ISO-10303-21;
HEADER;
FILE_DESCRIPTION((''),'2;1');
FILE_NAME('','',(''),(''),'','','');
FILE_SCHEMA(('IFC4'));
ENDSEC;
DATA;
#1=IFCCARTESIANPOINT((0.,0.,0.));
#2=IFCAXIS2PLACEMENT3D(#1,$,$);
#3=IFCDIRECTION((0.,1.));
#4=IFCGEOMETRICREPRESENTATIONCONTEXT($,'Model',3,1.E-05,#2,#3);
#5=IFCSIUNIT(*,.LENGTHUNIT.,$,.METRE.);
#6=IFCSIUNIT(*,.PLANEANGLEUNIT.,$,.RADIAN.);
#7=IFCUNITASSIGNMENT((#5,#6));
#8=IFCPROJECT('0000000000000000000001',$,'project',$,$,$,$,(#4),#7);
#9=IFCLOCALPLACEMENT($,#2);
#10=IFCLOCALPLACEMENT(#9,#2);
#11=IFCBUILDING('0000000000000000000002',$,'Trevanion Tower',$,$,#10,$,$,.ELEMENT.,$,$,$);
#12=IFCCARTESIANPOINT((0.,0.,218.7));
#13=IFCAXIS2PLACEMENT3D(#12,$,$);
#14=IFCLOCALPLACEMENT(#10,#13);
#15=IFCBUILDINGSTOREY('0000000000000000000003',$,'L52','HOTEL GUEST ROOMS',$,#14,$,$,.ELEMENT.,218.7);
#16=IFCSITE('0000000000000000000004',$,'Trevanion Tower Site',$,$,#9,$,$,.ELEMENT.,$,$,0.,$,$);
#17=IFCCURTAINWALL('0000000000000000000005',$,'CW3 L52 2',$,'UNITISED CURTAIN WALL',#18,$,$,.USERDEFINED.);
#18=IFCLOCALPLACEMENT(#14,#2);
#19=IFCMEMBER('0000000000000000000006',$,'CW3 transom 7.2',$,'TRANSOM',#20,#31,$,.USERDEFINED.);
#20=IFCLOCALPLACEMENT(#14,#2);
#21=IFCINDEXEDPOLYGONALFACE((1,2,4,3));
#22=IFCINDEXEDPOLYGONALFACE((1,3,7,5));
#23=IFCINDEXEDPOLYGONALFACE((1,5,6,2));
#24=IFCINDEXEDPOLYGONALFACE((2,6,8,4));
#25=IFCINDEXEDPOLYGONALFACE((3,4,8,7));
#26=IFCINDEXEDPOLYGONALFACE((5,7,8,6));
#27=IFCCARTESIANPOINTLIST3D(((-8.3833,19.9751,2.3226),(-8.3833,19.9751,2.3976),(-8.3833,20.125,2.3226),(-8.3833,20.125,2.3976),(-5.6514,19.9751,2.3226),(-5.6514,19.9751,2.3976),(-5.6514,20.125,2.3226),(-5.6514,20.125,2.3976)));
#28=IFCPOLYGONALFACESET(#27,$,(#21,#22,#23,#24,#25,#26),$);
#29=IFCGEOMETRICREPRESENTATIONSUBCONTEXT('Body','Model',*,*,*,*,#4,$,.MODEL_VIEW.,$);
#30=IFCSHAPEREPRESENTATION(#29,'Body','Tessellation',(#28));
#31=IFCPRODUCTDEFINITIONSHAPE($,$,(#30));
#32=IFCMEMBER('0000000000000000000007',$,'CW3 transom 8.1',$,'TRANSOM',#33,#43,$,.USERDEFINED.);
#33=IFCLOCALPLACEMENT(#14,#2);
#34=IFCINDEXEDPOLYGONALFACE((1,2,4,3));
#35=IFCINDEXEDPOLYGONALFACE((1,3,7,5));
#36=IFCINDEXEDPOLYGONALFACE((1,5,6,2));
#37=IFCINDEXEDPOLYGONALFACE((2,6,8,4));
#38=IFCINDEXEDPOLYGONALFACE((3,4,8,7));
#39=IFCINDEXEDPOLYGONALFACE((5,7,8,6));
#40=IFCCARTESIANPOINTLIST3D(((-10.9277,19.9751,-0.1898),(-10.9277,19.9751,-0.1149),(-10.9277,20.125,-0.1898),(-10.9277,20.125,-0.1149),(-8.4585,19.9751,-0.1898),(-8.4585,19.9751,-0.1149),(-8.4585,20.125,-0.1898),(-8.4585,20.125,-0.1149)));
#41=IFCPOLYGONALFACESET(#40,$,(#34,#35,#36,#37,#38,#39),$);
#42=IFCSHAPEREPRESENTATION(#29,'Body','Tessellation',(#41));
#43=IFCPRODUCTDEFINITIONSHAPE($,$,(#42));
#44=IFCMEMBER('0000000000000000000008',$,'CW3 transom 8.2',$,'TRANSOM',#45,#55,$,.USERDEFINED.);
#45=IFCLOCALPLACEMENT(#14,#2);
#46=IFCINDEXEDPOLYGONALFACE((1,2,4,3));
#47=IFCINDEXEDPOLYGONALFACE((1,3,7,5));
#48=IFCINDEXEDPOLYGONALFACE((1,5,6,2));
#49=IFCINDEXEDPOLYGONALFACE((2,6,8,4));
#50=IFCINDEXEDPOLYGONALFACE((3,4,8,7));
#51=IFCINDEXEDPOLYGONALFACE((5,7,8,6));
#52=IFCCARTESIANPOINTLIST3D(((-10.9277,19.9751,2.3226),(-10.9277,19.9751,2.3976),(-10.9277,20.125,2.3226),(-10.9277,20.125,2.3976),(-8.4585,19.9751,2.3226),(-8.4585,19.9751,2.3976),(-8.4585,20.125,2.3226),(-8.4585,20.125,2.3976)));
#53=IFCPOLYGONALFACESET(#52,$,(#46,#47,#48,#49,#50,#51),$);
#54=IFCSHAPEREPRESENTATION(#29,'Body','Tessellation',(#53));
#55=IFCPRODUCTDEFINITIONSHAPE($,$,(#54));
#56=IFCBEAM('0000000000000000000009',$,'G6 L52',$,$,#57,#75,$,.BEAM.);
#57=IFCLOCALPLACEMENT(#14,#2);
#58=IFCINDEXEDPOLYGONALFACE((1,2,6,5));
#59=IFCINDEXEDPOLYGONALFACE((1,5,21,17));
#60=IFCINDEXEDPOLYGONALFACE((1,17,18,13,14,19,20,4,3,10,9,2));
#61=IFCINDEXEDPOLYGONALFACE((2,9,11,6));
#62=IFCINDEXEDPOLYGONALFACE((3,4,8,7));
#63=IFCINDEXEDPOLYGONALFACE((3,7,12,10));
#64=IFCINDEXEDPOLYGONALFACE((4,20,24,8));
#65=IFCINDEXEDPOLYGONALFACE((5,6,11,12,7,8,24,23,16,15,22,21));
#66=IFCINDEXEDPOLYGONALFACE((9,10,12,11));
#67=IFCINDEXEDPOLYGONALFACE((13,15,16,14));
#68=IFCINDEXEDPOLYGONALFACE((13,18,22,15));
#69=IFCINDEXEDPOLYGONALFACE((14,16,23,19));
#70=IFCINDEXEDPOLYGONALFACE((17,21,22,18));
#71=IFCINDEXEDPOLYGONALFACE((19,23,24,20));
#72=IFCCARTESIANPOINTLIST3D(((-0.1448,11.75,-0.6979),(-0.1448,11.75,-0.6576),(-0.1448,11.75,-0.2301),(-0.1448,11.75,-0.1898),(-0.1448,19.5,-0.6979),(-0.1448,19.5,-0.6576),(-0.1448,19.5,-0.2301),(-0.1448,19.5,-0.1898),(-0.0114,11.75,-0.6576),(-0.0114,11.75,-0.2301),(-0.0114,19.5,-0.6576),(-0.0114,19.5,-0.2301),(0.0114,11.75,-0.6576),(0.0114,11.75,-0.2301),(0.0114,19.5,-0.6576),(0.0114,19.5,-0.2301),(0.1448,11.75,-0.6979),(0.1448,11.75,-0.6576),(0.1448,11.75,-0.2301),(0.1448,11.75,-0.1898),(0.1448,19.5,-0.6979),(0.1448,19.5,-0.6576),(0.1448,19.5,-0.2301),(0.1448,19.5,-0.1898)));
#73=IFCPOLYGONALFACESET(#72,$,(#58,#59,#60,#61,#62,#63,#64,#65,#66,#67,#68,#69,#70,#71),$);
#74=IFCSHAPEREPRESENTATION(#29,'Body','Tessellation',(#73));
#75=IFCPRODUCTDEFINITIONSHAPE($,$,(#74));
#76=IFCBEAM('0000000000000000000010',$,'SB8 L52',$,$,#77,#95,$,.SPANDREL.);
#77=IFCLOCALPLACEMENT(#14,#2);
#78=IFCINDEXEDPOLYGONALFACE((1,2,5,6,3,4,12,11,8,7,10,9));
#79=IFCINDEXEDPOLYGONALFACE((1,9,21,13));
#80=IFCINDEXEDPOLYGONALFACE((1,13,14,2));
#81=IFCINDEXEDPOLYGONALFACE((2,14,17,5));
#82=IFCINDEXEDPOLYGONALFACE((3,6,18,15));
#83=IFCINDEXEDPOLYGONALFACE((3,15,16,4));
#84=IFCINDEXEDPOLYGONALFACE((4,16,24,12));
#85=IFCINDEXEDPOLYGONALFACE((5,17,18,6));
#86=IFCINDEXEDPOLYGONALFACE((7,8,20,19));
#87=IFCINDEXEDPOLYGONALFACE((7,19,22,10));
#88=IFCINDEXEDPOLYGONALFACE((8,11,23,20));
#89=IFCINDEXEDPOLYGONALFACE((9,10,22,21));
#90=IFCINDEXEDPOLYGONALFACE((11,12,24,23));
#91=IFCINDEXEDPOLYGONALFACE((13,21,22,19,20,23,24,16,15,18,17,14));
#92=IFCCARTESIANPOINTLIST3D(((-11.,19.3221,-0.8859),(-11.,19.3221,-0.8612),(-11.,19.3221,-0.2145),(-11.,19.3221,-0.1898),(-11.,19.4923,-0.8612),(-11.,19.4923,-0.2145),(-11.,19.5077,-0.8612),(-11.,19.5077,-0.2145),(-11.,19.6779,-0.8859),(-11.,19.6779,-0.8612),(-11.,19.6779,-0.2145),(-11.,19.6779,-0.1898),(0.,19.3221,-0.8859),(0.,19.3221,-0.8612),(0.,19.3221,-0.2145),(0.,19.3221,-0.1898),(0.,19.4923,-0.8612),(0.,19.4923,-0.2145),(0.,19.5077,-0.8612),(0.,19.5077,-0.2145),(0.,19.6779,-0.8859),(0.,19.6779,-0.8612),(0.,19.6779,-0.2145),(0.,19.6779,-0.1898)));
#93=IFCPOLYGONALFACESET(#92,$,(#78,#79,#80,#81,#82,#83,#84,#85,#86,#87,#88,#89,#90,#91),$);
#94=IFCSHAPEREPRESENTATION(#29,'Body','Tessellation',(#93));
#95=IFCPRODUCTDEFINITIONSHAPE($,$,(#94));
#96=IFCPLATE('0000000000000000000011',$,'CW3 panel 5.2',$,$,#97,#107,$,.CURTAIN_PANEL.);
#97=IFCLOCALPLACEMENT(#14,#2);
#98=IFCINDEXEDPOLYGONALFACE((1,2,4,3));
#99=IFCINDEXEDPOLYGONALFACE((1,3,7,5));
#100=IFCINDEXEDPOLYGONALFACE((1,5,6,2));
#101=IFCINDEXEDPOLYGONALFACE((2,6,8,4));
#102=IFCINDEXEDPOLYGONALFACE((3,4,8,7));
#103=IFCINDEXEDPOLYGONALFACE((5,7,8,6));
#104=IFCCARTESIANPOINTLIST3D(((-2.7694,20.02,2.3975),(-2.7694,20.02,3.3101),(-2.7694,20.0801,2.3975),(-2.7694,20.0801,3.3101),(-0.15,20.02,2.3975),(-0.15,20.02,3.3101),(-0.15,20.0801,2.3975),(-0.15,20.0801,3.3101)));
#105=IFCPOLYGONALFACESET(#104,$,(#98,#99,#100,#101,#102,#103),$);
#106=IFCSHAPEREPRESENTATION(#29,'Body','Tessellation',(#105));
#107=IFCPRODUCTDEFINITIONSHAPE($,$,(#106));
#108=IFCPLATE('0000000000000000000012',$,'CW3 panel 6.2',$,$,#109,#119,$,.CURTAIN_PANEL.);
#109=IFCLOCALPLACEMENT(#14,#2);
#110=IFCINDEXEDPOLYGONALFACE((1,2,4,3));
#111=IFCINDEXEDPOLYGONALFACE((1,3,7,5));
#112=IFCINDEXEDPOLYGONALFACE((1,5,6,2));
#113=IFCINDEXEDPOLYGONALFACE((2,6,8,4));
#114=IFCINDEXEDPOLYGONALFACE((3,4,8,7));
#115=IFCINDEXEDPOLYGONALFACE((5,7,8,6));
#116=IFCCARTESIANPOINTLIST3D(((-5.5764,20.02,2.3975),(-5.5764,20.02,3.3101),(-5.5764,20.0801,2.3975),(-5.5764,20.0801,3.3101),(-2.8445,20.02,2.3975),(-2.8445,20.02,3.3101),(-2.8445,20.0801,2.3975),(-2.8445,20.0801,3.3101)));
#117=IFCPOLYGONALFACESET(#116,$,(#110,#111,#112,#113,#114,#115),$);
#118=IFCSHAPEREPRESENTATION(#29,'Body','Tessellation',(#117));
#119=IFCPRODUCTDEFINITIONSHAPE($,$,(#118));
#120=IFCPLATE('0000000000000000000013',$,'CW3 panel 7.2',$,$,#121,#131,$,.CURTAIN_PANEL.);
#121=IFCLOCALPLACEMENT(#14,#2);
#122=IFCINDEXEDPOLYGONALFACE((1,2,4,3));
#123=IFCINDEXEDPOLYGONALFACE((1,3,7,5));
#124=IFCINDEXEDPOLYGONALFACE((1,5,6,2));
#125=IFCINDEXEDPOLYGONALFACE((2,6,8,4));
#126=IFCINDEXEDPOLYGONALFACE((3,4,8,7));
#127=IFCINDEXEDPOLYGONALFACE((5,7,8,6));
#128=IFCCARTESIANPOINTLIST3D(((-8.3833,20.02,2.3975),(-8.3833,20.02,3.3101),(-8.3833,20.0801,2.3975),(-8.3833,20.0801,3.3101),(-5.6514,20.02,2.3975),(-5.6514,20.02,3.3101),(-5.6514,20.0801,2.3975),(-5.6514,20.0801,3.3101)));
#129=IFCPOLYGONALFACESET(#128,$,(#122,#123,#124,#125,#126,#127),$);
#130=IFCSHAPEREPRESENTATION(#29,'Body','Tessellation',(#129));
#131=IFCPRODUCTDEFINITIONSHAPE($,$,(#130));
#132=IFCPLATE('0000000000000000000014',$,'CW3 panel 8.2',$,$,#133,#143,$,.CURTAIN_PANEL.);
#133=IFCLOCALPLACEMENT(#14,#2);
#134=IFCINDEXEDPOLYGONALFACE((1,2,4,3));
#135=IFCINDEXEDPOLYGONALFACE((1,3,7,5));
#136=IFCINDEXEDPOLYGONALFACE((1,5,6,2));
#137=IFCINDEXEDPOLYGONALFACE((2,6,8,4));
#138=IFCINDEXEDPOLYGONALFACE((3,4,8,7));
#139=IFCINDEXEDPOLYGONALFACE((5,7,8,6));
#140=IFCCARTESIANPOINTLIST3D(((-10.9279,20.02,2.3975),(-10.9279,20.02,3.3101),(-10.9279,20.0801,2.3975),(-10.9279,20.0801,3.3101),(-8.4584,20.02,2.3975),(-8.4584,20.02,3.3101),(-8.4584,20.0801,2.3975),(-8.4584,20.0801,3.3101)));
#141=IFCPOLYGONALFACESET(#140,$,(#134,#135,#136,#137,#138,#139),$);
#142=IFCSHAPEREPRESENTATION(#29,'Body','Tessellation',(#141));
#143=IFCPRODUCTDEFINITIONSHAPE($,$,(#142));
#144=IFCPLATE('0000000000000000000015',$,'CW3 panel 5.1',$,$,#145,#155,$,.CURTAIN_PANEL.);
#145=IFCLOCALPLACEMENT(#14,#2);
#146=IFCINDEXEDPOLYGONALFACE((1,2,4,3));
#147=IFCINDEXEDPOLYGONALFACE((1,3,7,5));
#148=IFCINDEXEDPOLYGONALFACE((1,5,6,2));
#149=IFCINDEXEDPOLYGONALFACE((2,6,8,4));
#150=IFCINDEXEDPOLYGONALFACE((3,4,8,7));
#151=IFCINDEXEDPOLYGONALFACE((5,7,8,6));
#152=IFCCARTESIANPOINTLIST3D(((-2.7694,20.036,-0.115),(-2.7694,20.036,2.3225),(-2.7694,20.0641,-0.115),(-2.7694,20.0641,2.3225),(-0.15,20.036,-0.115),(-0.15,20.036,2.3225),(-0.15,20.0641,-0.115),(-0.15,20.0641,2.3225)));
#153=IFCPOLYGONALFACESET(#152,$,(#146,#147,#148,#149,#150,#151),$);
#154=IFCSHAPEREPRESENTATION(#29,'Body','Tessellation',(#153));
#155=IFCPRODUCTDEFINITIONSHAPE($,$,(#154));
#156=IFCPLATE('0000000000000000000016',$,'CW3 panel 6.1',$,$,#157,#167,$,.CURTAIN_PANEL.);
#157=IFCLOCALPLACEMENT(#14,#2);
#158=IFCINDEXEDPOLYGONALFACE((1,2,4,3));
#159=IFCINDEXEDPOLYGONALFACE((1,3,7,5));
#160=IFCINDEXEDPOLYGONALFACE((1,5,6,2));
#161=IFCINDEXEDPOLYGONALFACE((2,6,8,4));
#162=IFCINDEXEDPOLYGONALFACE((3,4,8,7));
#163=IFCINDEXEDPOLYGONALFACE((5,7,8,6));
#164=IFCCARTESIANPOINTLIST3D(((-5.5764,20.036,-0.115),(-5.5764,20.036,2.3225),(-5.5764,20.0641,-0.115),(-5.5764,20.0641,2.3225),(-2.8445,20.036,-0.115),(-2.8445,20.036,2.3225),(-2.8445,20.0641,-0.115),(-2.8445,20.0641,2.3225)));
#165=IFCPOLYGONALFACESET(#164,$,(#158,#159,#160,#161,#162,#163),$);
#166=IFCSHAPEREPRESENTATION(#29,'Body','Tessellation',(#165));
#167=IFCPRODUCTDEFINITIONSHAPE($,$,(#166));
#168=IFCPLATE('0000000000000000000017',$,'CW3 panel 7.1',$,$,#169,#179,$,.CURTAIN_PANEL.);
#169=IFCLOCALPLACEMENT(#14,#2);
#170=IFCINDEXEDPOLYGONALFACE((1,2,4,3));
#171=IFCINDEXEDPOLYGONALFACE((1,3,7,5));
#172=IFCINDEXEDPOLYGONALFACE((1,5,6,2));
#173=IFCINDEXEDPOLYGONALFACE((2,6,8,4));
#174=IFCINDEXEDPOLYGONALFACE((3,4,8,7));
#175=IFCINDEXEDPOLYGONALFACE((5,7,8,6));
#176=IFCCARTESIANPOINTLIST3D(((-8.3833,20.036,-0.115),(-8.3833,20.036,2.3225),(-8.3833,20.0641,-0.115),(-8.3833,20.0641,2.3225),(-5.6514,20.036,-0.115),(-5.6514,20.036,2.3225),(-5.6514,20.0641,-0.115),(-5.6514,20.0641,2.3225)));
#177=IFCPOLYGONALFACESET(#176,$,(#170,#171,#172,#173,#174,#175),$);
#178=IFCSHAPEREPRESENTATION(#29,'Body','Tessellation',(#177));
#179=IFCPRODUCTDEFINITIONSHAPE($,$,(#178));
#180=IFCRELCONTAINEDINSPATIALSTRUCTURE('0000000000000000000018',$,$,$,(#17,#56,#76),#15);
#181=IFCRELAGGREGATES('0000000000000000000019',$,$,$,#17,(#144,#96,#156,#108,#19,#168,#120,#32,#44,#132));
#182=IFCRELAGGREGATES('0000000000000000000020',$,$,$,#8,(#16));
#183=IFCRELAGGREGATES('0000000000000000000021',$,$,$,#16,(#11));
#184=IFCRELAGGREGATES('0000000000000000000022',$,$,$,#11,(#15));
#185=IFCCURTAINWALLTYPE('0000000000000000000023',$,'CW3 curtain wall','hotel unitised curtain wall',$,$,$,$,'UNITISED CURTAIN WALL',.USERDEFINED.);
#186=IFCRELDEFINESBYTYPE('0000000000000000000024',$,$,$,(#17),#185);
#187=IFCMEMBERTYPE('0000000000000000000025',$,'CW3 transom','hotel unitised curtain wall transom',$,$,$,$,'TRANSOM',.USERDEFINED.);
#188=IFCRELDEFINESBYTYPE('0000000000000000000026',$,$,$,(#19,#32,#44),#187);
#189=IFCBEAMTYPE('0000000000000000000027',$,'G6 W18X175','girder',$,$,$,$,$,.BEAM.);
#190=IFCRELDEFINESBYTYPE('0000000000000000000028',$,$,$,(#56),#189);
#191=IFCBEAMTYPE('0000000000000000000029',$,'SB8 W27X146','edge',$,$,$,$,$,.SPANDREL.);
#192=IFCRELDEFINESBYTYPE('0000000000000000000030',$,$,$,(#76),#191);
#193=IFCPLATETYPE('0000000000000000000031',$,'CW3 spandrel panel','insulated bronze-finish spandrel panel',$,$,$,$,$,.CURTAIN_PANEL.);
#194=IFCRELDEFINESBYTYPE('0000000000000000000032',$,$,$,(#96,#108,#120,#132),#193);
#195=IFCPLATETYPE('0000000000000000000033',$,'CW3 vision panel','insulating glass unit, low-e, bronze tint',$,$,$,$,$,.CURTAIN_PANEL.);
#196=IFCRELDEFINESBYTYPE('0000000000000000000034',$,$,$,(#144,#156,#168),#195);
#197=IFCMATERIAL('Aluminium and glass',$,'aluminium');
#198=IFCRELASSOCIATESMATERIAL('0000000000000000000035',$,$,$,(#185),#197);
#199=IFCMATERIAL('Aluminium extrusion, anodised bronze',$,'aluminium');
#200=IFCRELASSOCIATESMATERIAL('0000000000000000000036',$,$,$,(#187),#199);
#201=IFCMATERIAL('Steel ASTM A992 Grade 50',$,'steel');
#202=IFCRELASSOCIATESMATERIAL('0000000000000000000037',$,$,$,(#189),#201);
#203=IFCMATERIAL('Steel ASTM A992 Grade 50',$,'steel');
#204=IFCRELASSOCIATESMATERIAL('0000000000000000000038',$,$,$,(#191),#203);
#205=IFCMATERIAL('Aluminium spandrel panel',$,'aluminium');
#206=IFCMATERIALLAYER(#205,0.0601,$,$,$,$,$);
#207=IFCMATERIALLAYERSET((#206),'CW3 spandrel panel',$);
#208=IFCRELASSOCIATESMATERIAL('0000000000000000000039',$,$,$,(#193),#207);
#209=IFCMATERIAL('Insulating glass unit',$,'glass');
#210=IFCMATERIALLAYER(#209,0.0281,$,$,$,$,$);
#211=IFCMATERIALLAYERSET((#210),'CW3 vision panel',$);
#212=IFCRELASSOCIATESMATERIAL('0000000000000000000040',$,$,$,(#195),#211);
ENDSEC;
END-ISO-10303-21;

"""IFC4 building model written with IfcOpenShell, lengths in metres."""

from ifc_helpers import new_model, si_unit, direction, frame, origin, origin_2d, place, context, subcontext, project, spatial, rectangle, i_section, extrude, material, layer, layer_set, material_profile, profile_set, type_object, element, aggregate, save


model = new_model("IFC4")

# Units and contexts
model_context = context("Model", 3, precision=1e-05, world=origin(), true_north=direction((0.0, 1.0)))
body_context = subcontext(model_context, "Body", "Model", "MODEL_VIEW")
ifc_project = project(units=[si_unit("LENGTHUNIT", "METRE"), si_unit("PLANEANGLEUNIT", "RADIAN")], contexts=[model_context])

# Site, building, storey
site_placement = place(None, origin())
site = spatial("IfcSite", under=ifc_project, at=site_placement, Name="Trevanion Tower Site", CompositionType="ELEMENT", RefElevation=0.0)
building_placement = place(site_placement, origin())
building = spatial("IfcBuilding", under=site, at=building_placement, Name="Trevanion Tower", CompositionType="ELEMENT")
storey_placement = place(building_placement, frame((0.0, 0.0, 218.7)))
storey = spatial("IfcBuildingStorey", under=building, at=storey_placement, Name="L52", Description="HOTEL GUEST ROOMS", CompositionType="ELEMENT", Elevation=218.7)

# Curtain wall, members
ifc_material_1 = material(Name="Aluminium and glass", Category="aluminium")
curtain_wall_type = type_object("IfcCurtainWallType", Name="CW3 curtain wall", Description="hotel unitised curtain wall", ElementType="UNITISED CURTAIN WALL", PredefinedType="USERDEFINED", material=ifc_material_1)
curtain_wall_placement = place(storey_placement, origin())
curtain_wall = element("IfcCurtainWall", 1, at=curtain_wall_placement, inside=storey, type_object=curtain_wall_type, Name="CW3 L52 2", ObjectType="UNITISED CURTAIN WALL", PredefinedType="USERDEFINED")
ifc_material_2 = material(Name="Aluminium extrusion, anodised bronze", Category="aluminium")
ifc_material_profile_1 = material_profile(ifc_material_2, rectangle(XDim=0.1499, YDim=0.075, at=origin_2d()), Name="CW3 transom")
ifc_profile_set_1 = profile_set([ifc_material_profile_1], Name="Aluminium extrusion, anodised bronze")
member_type_1 = type_object("IfcMemberType", Name="CW3 transom", Description="hotel unitised curtain wall transom", ElementType="TRANSOM", PredefinedType="USERDEFINED", material=ifc_profile_set_1)
member_1_placement = place(storey_placement, frame((-5.6514, 20.05, 2.3601), z_axis=(-1.0, 0.0, 0.0), x_axis=(0.0, -1.0, 0.0)))
member_1 = element("IfcMember", 2, at=member_1_placement, type_object=member_type_1, Name="CW3 transom 7.2", ObjectType="TRANSOM", PredefinedType="USERDEFINED", context=body_context, shape_type="SweptSolid", body=[
    extrude(rectangle(XDim=0.1499, YDim=0.075, at=origin_2d()), origin(), (0.0, 0.0, 1.0), 2.7319),
])
member_2_placement = place(storey_placement, frame((-8.4585, 20.05, -0.1523), z_axis=(-1.0, 0.0, 0.0), x_axis=(0.0, -1.0, 0.0)))
member_2 = element("IfcMember", 3, at=member_2_placement, type_object=member_type_1, Name="CW3 transom 8.1", ObjectType="TRANSOM", PredefinedType="USERDEFINED", context=body_context, shape_type="SweptSolid", body=[
    extrude(rectangle(XDim=0.1499, YDim=0.075, at=origin_2d()), origin(), (0.0, 0.0, 1.0), 2.4692),
])
member_3_placement = place(storey_placement, frame((-8.4585, 20.05, 2.3601), z_axis=(-1.0, 0.0, 0.0), x_axis=(0.0, -1.0, 0.0)))
member_3 = element("IfcMember", 4, at=member_3_placement, type_object=member_type_1, Name="CW3 transom 8.2", ObjectType="TRANSOM", PredefinedType="USERDEFINED", context=body_context, shape_type="SweptSolid", body=[
    extrude(rectangle(XDim=0.1499, YDim=0.075, at=origin_2d()), origin(), (0.0, 0.0, 1.0), 2.4692),
])

# Beams
ifc_material_3 = material(Name="Steel ASTM A992 Grade 50", Category="steel")
ifc_material_profile_2 = material_profile(ifc_material_3, i_section(OverallWidth=0.2896, OverallDepth=0.5081, WebThickness=0.0227, FlangeThickness=0.0403, at=origin_2d()), Name="W18X175")
ifc_profile_set_2 = profile_set([ifc_material_profile_2], Name="Steel ASTM A992 Grade 50")
beam_type_1 = type_object("IfcBeamType", Name="G6 W18X175", Description="girder", PredefinedType="BEAM", material=ifc_profile_set_2)
beam_1_placement = place(storey_placement, frame((0.0, 11.75, -0.4438), z_axis=(0.0, 1.0, 0.0), x_axis=(-1.0, 0.0, 0.0)))
element("IfcBeam", 5, at=beam_1_placement, inside=storey, type_object=beam_type_1, Name="G6 L52", PredefinedType="BEAM", context=body_context, shape_type="SweptSolid", body=[
    extrude(i_section(OverallWidth=0.2896, OverallDepth=0.5081, WebThickness=0.0227, FlangeThickness=0.0403, at=origin_2d()), origin(), (0.0, 0.0, 1.0), 7.75),
])
ifc_material_4 = material(Name="Steel ASTM A992 Grade 50", Category="steel")
ifc_material_profile_3 = material_profile(ifc_material_4, i_section(OverallWidth=0.3557, OverallDepth=0.696, WebThickness=0.0154, FlangeThickness=0.0247, at=origin_2d()), Name="W27X146")
ifc_profile_set_3 = profile_set([ifc_material_profile_3], Name="Steel ASTM A992 Grade 50")
beam_type_2 = type_object("IfcBeamType", Name="SB8 W27X146", Description="edge", PredefinedType="SPANDREL", material=ifc_profile_set_3)
beam_2_placement = place(storey_placement, frame((0.0, 19.5, -0.5378), z_axis=(-1.0, 0.0, 0.0), x_axis=(0.0, -1.0, 0.0)))
element("IfcBeam", 6, at=beam_2_placement, inside=storey, type_object=beam_type_2, Name="SB8 L52", PredefinedType="SPANDREL", context=body_context, shape_type="SweptSolid", body=[
    extrude(i_section(OverallWidth=0.3557, OverallDepth=0.696, WebThickness=0.0154, FlangeThickness=0.0247, at=origin_2d()), origin(), (0.0, 0.0, 1.0), 11.0),
])

# Plates
ifc_material_5 = material(Name="Aluminium spandrel panel", Category="aluminium")
ifc_layer_1 = layer(ifc_material_5, 0.0601)
ifc_layer_set_1 = layer_set([ifc_layer_1], Name="CW3 spandrel panel")
plate_type_1 = type_object("IfcPlateType", Name="CW3 spandrel panel", Description="insulated bronze-finish spandrel panel", PredefinedType="CURTAIN_PANEL", material=ifc_layer_set_1)
plate_1_placement = place(storey_placement, frame((-1.4597, 20.05, 2.3975), z_axis=(0.0, 0.0, 1.0), x_axis=(-1.0, 0.0, 0.0)))
plate_1 = element("IfcPlate", 7, at=plate_1_placement, type_object=plate_type_1, Name="CW3 panel 5.2", PredefinedType="CURTAIN_PANEL", context=body_context, shape_type="SweptSolid", body=[
    extrude(rectangle(XDim=2.6194, YDim=0.0601, at=origin_2d()), origin(), (0.0, 0.0, 1.0), 0.9126),
])
plate_2_placement = place(storey_placement, frame((-4.2104, 20.05, 2.3975), z_axis=(0.0, 0.0, 1.0), x_axis=(-1.0, 0.0, 0.0)))
plate_2 = element("IfcPlate", 8, at=plate_2_placement, type_object=plate_type_1, Name="CW3 panel 6.2", PredefinedType="CURTAIN_PANEL", context=body_context, shape_type="SweptSolid", body=[
    extrude(rectangle(XDim=2.7319, YDim=0.0601, at=origin_2d()), origin(), (0.0, 0.0, 1.0), 0.9126),
])
plate_3_placement = place(storey_placement, frame((-7.0173, 20.05, 2.3975), z_axis=(0.0, 0.0, 1.0), x_axis=(-1.0, 0.0, 0.0)))
plate_3 = element("IfcPlate", 9, at=plate_3_placement, type_object=plate_type_1, Name="CW3 panel 7.2", PredefinedType="CURTAIN_PANEL", context=body_context, shape_type="SweptSolid", body=[
    extrude(rectangle(XDim=2.7319, YDim=0.0601, at=origin_2d()), origin(), (0.0, 0.0, 1.0), 0.9126),
])
plate_4_placement = place(storey_placement, frame((-9.6931, 20.05, 2.3975), z_axis=(0.0, 0.0, 1.0), x_axis=(-1.0, 0.0, 0.0)))
plate_4 = element("IfcPlate", 10, at=plate_4_placement, type_object=plate_type_1, Name="CW3 panel 8.2", PredefinedType="CURTAIN_PANEL", context=body_context, shape_type="SweptSolid", body=[
    extrude(rectangle(XDim=2.4695, YDim=0.0601, at=origin_2d()), origin(), (0.0, 0.0, 1.0), 0.9126),
])
ifc_material_6 = material(Name="Insulating glass unit", Category="glass")
ifc_layer_2 = layer(ifc_material_6, 0.0281)
ifc_layer_set_2 = layer_set([ifc_layer_2], Name="CW3 vision panel")
plate_type_2 = type_object("IfcPlateType", Name="CW3 vision panel", Description="insulating glass unit, low-e, bronze tint", PredefinedType="CURTAIN_PANEL", material=ifc_layer_set_2)
plate_5_placement = place(storey_placement, frame((-1.4597, 20.05, -0.115), z_axis=(0.0, 0.0, 1.0), x_axis=(-1.0, 0.0, 0.0)))
plate_5 = element("IfcPlate", 11, at=plate_5_placement, type_object=plate_type_2, Name="CW3 panel 5.1", PredefinedType="CURTAIN_PANEL", context=body_context, shape_type="SweptSolid", body=[
    extrude(rectangle(XDim=2.6194, YDim=0.0281, at=origin_2d()), origin(), (0.0, 0.0, 1.0), 2.4375),
])
plate_6_placement = place(storey_placement, frame((-4.2104, 20.05, -0.115), z_axis=(0.0, 0.0, 1.0), x_axis=(-1.0, 0.0, 0.0)))
plate_6 = element("IfcPlate", 12, at=plate_6_placement, type_object=plate_type_2, Name="CW3 panel 6.1", PredefinedType="CURTAIN_PANEL", context=body_context, shape_type="SweptSolid", body=[
    extrude(rectangle(XDim=2.7319, YDim=0.0281, at=origin_2d()), origin(), (0.0, 0.0, 1.0), 2.4375),
])
plate_7_placement = place(storey_placement, frame((-7.0173, 20.05, -0.115), z_axis=(0.0, 0.0, 1.0), x_axis=(-1.0, 0.0, 0.0)))
plate_7 = element("IfcPlate", 13, at=plate_7_placement, type_object=plate_type_2, Name="CW3 panel 7.1", PredefinedType="CURTAIN_PANEL", context=body_context, shape_type="SweptSolid", body=[
    extrude(rectangle(XDim=2.7319, YDim=0.0281, at=origin_2d()), origin(), (0.0, 0.0, 1.0), 2.4375),
])
aggregate(curtain_wall, [plate_5, plate_1, plate_6, plate_2, member_1, plate_7, plate_3, member_2, member_3, plate_4])

save(model, "model.ifc")
